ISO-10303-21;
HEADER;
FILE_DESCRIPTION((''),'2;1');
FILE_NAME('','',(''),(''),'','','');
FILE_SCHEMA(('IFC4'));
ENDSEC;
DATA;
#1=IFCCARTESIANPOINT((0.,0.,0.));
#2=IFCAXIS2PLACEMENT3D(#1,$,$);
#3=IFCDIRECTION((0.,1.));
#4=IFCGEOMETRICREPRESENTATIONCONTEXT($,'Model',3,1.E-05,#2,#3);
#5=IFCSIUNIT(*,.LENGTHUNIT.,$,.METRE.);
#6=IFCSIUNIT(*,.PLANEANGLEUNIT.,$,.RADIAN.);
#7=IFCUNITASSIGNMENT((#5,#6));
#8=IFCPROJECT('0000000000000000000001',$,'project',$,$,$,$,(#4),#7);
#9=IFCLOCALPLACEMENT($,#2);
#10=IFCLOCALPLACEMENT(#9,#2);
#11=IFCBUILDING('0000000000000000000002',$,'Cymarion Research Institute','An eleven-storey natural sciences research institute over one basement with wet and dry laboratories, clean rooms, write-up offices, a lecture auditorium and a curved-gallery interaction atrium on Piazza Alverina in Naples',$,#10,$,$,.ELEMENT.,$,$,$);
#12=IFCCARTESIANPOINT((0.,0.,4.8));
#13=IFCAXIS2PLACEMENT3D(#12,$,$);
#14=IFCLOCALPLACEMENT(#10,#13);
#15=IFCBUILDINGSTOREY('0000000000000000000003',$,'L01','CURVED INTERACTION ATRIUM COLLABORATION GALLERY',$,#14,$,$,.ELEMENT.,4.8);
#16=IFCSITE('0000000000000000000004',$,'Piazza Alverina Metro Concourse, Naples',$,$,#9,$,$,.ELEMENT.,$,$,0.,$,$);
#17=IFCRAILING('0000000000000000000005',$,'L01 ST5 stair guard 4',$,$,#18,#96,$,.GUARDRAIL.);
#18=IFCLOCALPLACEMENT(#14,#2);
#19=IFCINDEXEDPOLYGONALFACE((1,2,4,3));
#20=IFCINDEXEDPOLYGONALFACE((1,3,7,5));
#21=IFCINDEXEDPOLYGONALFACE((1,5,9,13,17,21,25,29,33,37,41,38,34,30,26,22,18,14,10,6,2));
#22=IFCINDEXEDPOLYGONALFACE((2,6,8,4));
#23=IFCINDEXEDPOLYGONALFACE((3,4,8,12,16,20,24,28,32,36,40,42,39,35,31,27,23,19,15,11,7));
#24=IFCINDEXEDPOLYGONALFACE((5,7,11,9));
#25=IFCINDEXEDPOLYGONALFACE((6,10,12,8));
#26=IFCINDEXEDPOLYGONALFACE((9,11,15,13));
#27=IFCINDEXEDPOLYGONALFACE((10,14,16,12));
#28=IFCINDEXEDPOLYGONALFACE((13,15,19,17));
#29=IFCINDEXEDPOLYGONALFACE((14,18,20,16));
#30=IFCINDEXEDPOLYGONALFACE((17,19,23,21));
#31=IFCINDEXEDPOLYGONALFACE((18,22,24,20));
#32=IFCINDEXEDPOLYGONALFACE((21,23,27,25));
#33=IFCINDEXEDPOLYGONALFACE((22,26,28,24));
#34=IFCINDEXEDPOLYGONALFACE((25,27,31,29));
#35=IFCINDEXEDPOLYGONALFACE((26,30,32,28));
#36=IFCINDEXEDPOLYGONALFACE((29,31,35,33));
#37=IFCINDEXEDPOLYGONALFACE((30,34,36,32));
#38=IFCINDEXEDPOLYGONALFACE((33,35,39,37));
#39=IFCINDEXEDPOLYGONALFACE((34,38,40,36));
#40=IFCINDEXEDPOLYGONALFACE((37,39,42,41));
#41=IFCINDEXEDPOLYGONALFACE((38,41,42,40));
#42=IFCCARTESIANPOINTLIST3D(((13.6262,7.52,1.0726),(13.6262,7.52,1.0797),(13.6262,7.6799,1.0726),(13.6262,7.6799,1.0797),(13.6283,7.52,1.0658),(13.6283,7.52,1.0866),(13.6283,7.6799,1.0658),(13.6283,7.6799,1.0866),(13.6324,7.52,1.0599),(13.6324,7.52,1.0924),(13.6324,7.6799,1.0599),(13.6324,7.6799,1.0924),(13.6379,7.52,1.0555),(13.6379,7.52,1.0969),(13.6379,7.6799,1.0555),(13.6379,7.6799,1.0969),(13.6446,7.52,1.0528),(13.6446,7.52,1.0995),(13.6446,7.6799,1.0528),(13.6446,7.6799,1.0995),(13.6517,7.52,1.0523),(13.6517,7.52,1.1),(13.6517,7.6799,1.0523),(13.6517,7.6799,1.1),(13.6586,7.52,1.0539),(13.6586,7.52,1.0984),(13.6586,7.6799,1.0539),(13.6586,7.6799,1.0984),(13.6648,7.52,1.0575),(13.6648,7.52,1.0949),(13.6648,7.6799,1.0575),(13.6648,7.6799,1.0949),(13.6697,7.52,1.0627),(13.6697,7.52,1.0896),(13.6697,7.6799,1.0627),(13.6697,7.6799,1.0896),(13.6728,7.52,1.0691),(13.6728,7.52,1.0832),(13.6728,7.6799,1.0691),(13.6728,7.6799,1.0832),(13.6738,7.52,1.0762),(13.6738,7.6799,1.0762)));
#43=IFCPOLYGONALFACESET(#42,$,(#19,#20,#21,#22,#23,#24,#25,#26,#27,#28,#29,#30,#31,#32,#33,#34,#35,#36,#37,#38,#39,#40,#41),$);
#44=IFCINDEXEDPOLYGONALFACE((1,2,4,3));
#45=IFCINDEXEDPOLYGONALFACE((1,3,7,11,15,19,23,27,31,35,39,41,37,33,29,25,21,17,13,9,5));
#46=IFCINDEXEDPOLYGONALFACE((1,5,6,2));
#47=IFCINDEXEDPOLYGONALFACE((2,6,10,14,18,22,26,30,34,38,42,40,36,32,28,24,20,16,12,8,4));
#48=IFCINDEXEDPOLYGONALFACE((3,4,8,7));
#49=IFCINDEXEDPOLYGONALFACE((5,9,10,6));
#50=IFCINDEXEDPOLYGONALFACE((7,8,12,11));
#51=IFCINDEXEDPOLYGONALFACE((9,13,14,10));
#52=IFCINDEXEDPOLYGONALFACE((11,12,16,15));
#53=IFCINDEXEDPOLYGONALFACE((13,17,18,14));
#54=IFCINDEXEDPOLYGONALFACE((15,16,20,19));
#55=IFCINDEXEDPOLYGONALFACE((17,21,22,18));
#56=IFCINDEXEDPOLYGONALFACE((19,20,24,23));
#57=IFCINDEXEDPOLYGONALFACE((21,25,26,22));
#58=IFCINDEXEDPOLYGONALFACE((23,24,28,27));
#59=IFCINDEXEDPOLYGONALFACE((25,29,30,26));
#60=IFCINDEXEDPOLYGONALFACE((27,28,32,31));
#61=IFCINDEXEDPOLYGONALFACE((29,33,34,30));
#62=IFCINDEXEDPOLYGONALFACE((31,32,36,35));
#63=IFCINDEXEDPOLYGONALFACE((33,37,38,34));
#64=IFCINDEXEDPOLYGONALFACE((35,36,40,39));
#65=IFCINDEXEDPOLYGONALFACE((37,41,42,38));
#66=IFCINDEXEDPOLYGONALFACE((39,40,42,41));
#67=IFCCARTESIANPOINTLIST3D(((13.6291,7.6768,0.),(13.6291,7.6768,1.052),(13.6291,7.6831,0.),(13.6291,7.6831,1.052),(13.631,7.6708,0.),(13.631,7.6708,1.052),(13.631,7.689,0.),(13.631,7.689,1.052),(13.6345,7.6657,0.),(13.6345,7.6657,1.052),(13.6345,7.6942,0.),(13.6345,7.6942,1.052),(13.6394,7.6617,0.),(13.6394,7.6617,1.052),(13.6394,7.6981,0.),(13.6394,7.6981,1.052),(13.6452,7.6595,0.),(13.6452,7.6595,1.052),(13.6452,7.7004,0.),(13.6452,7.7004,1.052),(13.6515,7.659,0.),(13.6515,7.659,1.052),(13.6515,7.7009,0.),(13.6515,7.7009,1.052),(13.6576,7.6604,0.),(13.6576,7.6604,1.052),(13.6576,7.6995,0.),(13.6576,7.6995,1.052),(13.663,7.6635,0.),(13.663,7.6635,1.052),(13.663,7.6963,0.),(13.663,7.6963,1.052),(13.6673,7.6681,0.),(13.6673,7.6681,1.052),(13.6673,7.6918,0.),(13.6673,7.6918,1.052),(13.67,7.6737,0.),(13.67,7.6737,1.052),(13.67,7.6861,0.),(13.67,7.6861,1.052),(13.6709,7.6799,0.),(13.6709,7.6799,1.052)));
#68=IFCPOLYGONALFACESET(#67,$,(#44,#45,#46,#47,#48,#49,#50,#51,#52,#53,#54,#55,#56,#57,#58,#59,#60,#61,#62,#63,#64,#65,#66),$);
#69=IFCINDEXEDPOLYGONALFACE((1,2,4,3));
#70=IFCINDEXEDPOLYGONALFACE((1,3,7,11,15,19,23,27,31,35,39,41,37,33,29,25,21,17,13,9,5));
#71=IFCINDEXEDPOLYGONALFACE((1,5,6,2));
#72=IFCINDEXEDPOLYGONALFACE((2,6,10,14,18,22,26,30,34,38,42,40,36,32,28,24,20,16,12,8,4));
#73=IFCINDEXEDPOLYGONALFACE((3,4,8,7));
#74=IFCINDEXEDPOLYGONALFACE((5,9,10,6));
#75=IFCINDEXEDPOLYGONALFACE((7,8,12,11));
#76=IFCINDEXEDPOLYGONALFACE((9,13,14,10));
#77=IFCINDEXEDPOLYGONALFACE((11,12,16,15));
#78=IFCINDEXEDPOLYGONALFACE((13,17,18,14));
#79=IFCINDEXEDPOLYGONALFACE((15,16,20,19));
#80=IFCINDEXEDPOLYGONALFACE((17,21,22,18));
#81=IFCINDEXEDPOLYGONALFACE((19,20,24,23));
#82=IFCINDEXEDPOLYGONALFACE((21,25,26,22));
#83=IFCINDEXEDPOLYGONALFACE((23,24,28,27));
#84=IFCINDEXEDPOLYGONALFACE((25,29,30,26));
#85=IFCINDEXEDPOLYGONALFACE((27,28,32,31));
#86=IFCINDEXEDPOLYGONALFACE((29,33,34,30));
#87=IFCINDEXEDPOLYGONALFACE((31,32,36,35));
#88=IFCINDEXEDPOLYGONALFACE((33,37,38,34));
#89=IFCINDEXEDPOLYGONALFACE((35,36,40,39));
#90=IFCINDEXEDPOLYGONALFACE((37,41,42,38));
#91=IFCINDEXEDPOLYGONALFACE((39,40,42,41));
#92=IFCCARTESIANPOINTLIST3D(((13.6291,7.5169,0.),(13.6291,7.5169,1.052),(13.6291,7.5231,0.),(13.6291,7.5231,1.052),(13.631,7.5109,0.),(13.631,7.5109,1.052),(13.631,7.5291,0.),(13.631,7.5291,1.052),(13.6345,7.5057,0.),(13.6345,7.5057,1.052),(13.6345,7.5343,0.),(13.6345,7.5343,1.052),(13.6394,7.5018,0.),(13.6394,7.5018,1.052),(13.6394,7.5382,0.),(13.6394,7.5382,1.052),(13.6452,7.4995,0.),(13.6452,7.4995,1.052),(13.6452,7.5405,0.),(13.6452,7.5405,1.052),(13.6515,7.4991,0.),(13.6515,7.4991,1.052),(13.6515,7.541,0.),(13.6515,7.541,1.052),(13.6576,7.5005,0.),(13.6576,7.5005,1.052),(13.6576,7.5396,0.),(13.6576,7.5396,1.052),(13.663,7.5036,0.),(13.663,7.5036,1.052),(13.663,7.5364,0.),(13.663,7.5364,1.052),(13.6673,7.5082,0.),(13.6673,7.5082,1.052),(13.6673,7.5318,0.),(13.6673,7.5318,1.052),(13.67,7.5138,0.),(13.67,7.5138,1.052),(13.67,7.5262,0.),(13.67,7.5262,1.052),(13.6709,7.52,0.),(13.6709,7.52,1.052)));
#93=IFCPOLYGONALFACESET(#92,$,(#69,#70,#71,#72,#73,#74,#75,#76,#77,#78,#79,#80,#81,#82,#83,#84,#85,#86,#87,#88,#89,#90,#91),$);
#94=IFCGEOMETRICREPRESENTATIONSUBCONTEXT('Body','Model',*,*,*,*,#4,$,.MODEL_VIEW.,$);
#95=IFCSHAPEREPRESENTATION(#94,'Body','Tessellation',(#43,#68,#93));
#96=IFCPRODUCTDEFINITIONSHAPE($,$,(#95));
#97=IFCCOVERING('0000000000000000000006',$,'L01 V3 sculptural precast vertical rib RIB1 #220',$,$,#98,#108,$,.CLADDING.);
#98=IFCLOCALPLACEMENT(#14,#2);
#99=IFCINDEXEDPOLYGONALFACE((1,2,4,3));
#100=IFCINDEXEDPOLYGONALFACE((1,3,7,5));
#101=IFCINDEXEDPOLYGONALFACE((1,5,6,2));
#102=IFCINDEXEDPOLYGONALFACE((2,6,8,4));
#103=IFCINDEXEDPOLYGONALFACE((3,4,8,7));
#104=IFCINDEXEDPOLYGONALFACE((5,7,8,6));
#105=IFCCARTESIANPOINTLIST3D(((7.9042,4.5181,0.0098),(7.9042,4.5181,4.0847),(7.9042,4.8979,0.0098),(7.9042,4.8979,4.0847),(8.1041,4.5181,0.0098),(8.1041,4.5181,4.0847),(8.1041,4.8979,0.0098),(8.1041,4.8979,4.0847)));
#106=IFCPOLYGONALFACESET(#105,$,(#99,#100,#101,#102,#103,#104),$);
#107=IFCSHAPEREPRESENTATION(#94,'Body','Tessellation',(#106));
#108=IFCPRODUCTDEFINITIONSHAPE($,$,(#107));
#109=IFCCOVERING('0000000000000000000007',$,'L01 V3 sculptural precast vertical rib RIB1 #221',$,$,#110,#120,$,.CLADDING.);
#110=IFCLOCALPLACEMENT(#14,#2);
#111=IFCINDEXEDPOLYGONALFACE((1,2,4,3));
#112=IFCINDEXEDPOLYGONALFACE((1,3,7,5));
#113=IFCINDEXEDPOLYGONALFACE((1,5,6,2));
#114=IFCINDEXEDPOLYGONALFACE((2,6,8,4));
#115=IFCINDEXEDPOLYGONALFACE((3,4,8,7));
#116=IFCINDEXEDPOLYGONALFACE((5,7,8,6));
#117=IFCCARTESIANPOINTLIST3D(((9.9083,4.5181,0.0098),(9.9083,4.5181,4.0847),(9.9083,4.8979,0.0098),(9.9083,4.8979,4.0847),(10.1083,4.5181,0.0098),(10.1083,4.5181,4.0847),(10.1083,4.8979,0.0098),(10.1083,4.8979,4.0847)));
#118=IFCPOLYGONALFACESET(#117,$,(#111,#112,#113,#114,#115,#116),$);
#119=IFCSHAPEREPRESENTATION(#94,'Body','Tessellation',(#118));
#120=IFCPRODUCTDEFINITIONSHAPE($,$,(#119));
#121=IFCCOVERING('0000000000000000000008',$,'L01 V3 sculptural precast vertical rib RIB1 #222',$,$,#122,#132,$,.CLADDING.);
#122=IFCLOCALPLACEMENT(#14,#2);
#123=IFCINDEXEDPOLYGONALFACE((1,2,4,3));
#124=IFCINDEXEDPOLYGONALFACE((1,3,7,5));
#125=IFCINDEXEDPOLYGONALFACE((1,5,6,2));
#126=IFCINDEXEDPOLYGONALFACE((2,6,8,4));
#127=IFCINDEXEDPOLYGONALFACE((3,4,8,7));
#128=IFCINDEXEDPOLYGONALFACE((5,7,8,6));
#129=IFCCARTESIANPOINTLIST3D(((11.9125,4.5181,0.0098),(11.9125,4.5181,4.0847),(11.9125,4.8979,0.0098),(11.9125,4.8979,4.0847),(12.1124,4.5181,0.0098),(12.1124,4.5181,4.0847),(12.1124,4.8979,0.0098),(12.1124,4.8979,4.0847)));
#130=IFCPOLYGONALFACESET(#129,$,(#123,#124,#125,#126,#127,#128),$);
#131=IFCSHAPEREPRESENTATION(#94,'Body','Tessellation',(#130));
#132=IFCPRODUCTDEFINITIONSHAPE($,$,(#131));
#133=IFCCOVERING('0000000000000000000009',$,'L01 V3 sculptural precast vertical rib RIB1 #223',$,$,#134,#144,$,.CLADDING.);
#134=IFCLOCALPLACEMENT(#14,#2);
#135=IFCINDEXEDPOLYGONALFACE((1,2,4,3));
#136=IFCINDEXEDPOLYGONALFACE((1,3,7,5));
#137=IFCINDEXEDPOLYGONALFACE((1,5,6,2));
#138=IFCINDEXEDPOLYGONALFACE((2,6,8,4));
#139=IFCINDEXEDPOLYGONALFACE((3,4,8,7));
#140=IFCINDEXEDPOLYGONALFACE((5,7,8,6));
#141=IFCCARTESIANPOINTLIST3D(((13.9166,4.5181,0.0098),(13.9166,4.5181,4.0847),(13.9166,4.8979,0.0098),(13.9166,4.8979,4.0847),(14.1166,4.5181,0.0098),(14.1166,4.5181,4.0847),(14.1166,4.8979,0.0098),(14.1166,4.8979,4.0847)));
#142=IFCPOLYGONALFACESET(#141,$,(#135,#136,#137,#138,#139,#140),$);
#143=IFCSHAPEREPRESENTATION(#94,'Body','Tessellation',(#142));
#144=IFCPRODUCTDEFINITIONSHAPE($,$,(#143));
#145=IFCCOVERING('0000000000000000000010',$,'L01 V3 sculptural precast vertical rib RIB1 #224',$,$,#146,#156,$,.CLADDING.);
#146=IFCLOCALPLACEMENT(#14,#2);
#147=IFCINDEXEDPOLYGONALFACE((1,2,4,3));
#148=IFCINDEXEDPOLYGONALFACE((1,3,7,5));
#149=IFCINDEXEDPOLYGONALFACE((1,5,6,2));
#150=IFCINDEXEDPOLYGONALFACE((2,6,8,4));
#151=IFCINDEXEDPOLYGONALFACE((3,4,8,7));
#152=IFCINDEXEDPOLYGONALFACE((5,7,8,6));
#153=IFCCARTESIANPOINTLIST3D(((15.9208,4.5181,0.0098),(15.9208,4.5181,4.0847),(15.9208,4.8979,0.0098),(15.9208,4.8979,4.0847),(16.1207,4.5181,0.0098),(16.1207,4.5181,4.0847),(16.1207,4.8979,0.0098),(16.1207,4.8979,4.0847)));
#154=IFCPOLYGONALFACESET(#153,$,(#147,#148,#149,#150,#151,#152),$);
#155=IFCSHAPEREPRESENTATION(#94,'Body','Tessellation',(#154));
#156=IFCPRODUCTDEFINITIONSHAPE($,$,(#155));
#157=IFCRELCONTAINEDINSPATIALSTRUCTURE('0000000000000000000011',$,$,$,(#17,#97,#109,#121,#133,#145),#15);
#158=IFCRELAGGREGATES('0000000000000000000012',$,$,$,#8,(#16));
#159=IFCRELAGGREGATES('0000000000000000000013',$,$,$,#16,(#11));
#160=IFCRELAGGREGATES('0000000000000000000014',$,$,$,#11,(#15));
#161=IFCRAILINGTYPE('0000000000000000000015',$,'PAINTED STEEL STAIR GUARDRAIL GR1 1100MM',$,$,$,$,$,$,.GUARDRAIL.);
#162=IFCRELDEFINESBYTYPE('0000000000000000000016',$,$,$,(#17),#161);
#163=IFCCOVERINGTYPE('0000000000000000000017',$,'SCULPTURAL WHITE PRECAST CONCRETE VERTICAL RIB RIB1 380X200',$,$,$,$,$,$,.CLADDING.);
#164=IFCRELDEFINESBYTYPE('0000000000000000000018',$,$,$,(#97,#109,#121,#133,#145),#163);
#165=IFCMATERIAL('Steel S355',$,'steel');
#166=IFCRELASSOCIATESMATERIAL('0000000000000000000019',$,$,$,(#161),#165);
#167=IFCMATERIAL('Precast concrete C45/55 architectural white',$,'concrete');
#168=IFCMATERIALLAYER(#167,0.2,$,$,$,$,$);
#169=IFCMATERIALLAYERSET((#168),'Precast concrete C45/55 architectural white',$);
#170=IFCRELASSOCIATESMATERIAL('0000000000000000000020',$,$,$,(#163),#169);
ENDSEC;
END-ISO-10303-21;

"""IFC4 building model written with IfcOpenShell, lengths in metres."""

from ifc_helpers import new_model, si_unit, direction, frame, origin, origin_2d, place, context, subcontext, project, spatial, rectangle, circle, extrude, material, layer, layer_set, type_object, element, save


model = new_model("IFC4")

# Units and contexts
model_context = context("Model", 3, precision=1e-05, world=origin(), true_north=direction((0.0, 1.0)))
body_context = subcontext(model_context, "Body", "Model", "MODEL_VIEW")
ifc_project = project(units=[si_unit("LENGTHUNIT", "METRE"), si_unit("PLANEANGLEUNIT", "RADIAN")], contexts=[model_context])

# Site, building, storey
site_placement = place(None, origin())
site = spatial("IfcSite", under=ifc_project, at=site_placement, Name="Piazza Alverina Metro Concourse, Naples", CompositionType="ELEMENT", RefElevation=0.0)
building_placement = place(site_placement, origin())
building = spatial("IfcBuilding", under=site, at=building_placement, Name="Cymarion Research Institute", Description="An eleven-storey natural sciences research institute over one basement with wet and dry laboratories, clean rooms, write-up offices, a lecture auditorium and a curved-gallery interaction atrium on Piazza Alverina in Naples", CompositionType="ELEMENT")
storey_placement = place(building_placement, frame((0.0, 0.0, 4.8)))
storey = spatial("IfcBuildingStorey", under=building, at=storey_placement, Name="L01", Description="CURVED INTERACTION ATRIUM COLLABORATION GALLERY", CompositionType="ELEMENT", Elevation=4.8)

# Shared definitions
ifc_material_1 = material(Name="Steel S355", Category="steel")

# Railing
railing_type_1 = type_object("IfcRailingType", Name="PAINTED STEEL STAIR GUARDRAIL GR1 1100MM", PredefinedType="GUARDRAIL", material=ifc_material_1)
railing_1_placement = place(storey_placement, frame((13.6499, 7.6799, 0.0)))
element("IfcRailing", 1, at=railing_1_placement, inside=storey, type_object=railing_type_1, Name="L01 ST5 stair guard 4", PredefinedType="GUARDRAIL", context=body_context, shape_type="SweptSolid", body=[
    extrude(circle(Radius=0.0239, at=origin_2d()), frame((0.0, 0.0, 1.0762), z_axis=(0.0, -1.0, 0.0), x_axis=(1.0, 0.0, 0.0)), (0.0, 0.0, 1.0), 0.1599),
    extrude(circle(Radius=0.021, at=origin_2d()), origin(), (0.0, 0.0, 1.0), 1.052),
    extrude(circle(Radius=0.021, at=origin_2d()), frame((0.0, -0.1599, 0.0)), (0.0, 0.0, 1.0), 1.052),
])

# Coverings
ifc_material_2 = material(Name="Precast concrete C45/55 architectural white", Category="concrete")
ifc_layer_1 = layer(ifc_material_2, 0.2)
ifc_layer_set_1 = layer_set([ifc_layer_1], Name="Precast concrete C45/55 architectural white")
covering_type = type_object("IfcCoveringType", Name="SCULPTURAL WHITE PRECAST CONCRETE VERTICAL RIB RIB1 380X200", PredefinedType="CLADDING", material=ifc_layer_set_1)
for number, where, z_axis, x_axis, name in (
    (2, (8.0042, 4.708, 0.0098), (0.0, 0.0, 1.0), (0.0, -1.0, 0.0), "L01 V3 sculptural precast vertical rib RIB1 #220"),
    (3, (10.0083, 4.708, 0.0098), (0.0, 0.0, 1.0), (0.0, -1.0, 0.0), "L01 V3 sculptural precast vertical rib RIB1 #221"),
    (4, (12.0125, 4.708, 0.0098), (0.0, 0.0, 1.0), (0.0, -1.0, 0.0), "L01 V3 sculptural precast vertical rib RIB1 #222"),
    (5, (14.0166, 4.708, 0.0098), (0.0, 0.0, 1.0), (0.0, -1.0, 0.0), "L01 V3 sculptural precast vertical rib RIB1 #223"),
    (6, (16.0208, 4.708, 0.0098), (0.0, 0.0, 1.0), (0.0, -1.0, 0.0), "L01 V3 sculptural precast vertical rib RIB1 #224"),
):
    element("IfcCovering", number, at=place(storey_placement, frame(where, z_axis=z_axis, x_axis=x_axis)), inside=storey, type_object=covering_type, Name=name, PredefinedType="CLADDING", context=body_context, shape_type="SweptSolid", body=[
        extrude(rectangle(XDim=0.3799, YDim=0.2, at=origin_2d()), origin(), (0.0, 0.0, 1.0), 4.075),
    ])

save(model, "model.ifc")
